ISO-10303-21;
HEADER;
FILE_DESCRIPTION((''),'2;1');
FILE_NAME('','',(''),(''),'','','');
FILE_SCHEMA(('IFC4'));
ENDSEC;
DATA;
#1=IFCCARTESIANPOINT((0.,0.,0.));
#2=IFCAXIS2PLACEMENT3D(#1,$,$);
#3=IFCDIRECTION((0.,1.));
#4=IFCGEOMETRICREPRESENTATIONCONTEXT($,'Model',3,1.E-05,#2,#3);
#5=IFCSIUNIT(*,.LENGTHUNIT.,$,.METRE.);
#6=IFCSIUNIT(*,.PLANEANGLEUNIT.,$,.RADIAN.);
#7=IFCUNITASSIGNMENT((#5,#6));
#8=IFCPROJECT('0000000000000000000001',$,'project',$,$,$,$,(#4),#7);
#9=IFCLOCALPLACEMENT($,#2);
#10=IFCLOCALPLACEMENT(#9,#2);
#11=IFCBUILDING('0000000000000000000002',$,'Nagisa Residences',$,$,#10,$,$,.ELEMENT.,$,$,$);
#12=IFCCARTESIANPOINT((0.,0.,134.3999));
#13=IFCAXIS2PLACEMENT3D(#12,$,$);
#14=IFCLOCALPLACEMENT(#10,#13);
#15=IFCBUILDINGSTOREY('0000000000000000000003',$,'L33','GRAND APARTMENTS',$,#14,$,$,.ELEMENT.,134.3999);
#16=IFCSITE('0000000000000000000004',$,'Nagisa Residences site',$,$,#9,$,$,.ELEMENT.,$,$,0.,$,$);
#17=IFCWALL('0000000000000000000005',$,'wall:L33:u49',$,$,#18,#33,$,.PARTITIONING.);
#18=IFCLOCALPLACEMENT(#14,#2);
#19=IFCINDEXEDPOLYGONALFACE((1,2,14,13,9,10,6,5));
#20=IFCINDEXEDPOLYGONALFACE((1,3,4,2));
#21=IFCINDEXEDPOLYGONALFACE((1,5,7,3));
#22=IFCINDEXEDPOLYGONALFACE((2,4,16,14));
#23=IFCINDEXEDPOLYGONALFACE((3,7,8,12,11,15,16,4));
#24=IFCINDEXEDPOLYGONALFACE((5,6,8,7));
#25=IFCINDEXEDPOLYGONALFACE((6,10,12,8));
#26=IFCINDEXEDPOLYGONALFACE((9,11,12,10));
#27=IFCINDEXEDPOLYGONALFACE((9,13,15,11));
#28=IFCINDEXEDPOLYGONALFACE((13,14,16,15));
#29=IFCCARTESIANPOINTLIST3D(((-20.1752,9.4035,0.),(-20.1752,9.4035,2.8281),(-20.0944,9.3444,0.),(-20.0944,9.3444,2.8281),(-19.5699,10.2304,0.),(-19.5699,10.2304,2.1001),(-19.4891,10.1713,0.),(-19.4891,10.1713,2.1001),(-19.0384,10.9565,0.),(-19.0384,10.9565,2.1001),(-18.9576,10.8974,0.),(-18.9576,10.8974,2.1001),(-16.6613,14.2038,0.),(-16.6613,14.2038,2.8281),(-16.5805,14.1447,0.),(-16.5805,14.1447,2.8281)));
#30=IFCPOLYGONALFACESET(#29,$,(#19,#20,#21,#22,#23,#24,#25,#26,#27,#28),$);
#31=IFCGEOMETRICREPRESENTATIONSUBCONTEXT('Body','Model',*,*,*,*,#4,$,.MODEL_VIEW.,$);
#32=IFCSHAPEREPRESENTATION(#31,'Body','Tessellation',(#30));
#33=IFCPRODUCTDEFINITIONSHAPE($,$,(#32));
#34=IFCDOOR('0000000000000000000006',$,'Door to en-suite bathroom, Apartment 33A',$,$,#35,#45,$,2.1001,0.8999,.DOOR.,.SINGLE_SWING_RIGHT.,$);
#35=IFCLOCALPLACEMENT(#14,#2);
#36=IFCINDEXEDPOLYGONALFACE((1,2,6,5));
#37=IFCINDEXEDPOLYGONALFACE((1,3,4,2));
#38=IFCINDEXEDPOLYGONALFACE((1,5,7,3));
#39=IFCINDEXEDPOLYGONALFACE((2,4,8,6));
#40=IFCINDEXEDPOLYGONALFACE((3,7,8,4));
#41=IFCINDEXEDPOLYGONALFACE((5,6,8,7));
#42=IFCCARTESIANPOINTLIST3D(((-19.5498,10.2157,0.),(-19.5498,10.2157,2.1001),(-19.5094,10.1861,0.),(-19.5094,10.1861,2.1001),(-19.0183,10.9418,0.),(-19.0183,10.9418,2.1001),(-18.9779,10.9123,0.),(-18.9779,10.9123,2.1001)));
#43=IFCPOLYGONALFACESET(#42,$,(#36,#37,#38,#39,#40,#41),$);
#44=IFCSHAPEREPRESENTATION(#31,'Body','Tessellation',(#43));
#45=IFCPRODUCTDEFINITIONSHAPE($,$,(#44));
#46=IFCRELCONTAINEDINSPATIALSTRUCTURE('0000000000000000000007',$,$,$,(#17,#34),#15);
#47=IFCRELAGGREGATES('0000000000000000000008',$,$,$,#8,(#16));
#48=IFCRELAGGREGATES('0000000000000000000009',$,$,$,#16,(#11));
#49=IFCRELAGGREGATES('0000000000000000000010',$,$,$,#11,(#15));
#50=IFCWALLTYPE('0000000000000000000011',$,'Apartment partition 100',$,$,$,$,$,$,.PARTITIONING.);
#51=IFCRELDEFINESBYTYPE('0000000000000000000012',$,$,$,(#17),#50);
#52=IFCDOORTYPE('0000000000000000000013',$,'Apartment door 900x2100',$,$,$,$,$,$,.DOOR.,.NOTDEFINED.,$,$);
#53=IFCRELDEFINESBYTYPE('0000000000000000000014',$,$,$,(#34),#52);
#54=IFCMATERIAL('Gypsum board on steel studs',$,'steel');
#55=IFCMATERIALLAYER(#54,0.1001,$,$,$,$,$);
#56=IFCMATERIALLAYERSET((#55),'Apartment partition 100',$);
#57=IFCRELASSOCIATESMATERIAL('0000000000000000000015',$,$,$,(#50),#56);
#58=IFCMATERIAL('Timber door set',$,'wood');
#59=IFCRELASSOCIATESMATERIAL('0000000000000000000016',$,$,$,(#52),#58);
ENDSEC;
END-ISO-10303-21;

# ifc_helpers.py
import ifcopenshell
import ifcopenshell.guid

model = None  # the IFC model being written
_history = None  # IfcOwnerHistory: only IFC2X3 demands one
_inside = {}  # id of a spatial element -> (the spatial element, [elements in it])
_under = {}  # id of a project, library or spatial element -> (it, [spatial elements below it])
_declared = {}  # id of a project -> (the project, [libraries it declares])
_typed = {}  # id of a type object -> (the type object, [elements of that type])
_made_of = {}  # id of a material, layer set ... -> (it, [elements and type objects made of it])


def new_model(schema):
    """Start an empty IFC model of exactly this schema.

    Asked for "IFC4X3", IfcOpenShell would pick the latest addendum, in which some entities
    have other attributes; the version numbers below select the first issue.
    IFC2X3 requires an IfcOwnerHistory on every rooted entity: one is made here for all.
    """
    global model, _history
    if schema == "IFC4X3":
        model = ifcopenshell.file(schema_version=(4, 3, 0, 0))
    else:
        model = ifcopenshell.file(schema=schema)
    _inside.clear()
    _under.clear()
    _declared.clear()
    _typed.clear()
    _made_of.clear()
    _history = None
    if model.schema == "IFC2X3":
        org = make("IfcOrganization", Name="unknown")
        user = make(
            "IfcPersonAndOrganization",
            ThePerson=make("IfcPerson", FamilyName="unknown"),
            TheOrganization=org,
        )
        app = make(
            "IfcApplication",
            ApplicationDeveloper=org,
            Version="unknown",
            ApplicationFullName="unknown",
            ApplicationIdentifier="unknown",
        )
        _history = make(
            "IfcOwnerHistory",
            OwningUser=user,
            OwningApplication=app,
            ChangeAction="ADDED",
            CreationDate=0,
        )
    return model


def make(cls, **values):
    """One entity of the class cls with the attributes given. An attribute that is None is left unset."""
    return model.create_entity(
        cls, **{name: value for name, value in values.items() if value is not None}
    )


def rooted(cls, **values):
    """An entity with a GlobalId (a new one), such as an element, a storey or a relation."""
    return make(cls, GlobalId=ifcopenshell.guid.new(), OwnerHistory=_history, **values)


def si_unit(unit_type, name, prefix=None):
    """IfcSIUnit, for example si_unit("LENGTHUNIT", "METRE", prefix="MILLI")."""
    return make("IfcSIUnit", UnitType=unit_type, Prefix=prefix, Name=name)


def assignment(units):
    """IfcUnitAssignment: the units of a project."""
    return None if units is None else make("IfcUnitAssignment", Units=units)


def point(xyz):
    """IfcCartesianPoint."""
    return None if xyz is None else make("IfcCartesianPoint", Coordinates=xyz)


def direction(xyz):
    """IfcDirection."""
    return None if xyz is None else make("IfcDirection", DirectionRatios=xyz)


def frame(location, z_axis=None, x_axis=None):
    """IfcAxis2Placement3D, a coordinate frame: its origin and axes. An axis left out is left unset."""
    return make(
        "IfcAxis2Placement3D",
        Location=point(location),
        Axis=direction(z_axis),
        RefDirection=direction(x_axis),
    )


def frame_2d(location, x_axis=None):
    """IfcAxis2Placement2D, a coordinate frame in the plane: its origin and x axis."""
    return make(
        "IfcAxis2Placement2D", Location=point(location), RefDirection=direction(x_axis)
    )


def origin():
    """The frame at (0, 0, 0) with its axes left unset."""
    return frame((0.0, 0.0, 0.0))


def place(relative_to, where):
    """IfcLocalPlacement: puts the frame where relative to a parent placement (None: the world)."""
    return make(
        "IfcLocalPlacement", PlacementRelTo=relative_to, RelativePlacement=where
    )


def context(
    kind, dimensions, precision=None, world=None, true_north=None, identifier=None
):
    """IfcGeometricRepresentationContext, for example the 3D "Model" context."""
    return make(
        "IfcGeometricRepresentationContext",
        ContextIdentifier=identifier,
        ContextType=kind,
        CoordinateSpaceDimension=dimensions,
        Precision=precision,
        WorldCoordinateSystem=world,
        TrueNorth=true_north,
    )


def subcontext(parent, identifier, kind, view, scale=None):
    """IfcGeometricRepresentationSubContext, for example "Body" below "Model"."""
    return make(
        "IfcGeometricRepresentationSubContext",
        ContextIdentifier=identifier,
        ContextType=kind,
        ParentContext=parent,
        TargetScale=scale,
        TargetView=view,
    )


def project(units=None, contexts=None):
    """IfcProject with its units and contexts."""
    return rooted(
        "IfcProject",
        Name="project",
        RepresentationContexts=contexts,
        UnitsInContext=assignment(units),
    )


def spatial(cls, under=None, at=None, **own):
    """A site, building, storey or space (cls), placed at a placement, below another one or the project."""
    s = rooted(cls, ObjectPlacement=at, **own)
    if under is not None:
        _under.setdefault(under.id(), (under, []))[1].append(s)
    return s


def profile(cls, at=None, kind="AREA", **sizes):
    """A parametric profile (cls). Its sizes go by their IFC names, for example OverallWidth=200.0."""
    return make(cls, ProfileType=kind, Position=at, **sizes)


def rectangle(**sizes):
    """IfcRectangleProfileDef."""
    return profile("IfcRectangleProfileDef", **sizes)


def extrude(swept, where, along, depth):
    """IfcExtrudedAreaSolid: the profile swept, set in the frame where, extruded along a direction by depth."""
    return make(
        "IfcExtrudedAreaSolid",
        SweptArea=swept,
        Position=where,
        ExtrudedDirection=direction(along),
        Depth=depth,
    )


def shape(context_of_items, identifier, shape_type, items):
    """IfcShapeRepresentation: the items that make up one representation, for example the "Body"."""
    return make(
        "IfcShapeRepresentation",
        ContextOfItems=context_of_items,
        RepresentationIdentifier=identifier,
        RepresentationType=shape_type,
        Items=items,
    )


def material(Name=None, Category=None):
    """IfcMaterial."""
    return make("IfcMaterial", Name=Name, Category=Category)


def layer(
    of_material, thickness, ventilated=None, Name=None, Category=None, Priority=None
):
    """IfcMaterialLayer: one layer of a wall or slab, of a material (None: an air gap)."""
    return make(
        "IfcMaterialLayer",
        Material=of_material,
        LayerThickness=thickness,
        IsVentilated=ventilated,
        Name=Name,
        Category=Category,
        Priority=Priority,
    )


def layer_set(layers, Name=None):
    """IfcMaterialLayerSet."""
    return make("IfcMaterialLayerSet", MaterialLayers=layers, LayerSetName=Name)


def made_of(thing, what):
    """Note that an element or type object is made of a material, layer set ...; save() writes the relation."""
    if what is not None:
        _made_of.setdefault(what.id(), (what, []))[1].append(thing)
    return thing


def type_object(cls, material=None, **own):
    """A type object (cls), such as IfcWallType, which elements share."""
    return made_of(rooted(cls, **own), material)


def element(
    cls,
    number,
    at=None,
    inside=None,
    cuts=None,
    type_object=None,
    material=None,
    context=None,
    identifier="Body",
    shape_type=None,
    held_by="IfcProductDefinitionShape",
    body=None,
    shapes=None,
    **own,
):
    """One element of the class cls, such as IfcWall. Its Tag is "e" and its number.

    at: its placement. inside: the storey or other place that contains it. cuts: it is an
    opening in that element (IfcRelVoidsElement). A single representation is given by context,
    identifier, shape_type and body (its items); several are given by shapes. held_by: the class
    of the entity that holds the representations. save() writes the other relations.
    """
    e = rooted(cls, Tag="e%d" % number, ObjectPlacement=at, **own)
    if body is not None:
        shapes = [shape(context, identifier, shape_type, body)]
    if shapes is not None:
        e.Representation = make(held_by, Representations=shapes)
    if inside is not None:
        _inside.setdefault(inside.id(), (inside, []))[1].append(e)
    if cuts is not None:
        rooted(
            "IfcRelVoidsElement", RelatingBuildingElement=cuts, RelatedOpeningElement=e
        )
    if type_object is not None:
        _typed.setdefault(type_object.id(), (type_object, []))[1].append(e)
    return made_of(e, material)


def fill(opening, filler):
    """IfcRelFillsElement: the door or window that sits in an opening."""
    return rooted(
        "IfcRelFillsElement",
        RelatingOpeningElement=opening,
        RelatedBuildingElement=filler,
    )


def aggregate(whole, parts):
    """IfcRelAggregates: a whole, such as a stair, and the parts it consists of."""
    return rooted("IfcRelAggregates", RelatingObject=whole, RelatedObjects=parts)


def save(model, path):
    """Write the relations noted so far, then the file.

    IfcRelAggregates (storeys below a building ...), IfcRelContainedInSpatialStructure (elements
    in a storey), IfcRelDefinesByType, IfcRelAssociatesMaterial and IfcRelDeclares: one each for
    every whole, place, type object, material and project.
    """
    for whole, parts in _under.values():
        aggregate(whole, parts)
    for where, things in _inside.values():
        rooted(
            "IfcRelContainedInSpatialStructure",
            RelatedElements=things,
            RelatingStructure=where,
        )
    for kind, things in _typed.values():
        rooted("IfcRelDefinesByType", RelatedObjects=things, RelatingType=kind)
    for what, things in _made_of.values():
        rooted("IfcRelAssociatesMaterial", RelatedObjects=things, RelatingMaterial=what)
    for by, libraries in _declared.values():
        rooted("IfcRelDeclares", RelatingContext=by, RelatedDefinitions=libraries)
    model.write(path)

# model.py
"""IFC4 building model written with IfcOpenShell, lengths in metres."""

from ifc_helpers import new_model, si_unit, direction, frame, frame_2d, origin, place, context, subcontext, project, spatial, rectangle, extrude, material, layer, layer_set, type_object, element, fill, save


model = new_model("IFC4")

# Units and contexts
model_context = context("Model", 3, precision=1e-05, world=origin(), true_north=direction((0.0, 1.0)))
body_context = subcontext(model_context, "Body", "Model", "MODEL_VIEW")
ifc_project = project(units=[si_unit("LENGTHUNIT", "METRE"), si_unit("PLANEANGLEUNIT", "RADIAN")], contexts=[model_context])

# Site, building, storey
site_placement = place(None, origin())
site = spatial("IfcSite", under=ifc_project, at=site_placement, Name="Nagisa Residences site", CompositionType="ELEMENT", RefElevation=0.0)
building_placement = place(site_placement, origin())
building = spatial("IfcBuilding", under=site, at=building_placement, Name="Nagisa Residences", CompositionType="ELEMENT")
storey_placement = place(building_placement, frame((0.0, 0.0, 134.3999)))
storey = spatial("IfcBuildingStorey", under=building, at=storey_placement, Name="L33", Description="GRAND APARTMENTS", CompositionType="ELEMENT", Elevation=134.3999)

# Wall, opening, door
ifc_material_1 = material(Name="Gypsum board on steel studs", Category="steel")
ifc_layer_1 = layer(ifc_material_1, 0.1001)
ifc_layer_set_1 = layer_set([ifc_layer_1], Name="Apartment partition 100")
wall_type_1 = type_object("IfcWallType", Name="Apartment partition 100", PredefinedType="PARTITIONING", material=ifc_layer_set_1)
ifc_material_2 = material(Name="Timber door set", Category="wood")
door_type_1 = type_object("IfcDoorType", Name="Apartment door 900x2100", OperationType="NOTDEFINED", PredefinedType="DOOR", material=ifc_material_2)
wall_1_placement = place(storey_placement, frame((-16.6208, 14.1743, 0.0), z_axis=(0.0, 0.0, 1.0), x_axis=(-0.590675, -0.80691, 0.0)))
wall_1 = element("IfcWall", 1, at=wall_1_placement, inside=storey, type_object=wall_type_1, Name="wall:L33:u49", PredefinedType="PARTITIONING", context=body_context, shape_type="SweptSolid", body=[
    extrude(rectangle(XDim=5.949, YDim=0.1001, at=frame_2d((2.9746, 0.0))), origin(), (0.0, 0.0, 1.0), 2.8281),
])
opening_1_placement = place(wall_1_placement, frame((4.0244, 0.0, 0.0)))
opening_1 = element("IfcOpeningElement", 2, at=opening_1_placement, cuts=wall_1, PredefinedType="OPENING", context=body_context, shape_type="SweptSolid", body=[
    extrude(rectangle(XDim=0.8999, YDim=2.1001, at=frame_2d((0.45, 1.05))), frame((0.0, 0.0601, 0.0), z_axis=(0.0, -1.0, 0.0), x_axis=(1.0, 0.0, 0.0)), (0.0, 0.0, 1.0), 0.1201),
])
door_1_placement = place(opening_1_placement, origin())
door_1 = element("IfcDoor", 3, at=door_1_placement, inside=storey, type_object=door_type_1, Name="Door to en-suite bathroom, Apartment 33A", OperationType="SINGLE_SWING_RIGHT", OverallHeight=2.1001, OverallWidth=0.8999, PredefinedType="DOOR", context=body_context, shape_type="SweptSolid", body=[
    extrude(rectangle(XDim=0.8999, YDim=2.1001, at=frame_2d((0.45, 1.05))), frame((0.0, 0.0249, 0.0), z_axis=(0.0, -1.0, 0.0), x_axis=(1.0, 0.0, 0.0)), (0.0, 0.0, 1.0), 0.05),
])
fill(opening_1, door_1)

save(model, "model.ifc")
